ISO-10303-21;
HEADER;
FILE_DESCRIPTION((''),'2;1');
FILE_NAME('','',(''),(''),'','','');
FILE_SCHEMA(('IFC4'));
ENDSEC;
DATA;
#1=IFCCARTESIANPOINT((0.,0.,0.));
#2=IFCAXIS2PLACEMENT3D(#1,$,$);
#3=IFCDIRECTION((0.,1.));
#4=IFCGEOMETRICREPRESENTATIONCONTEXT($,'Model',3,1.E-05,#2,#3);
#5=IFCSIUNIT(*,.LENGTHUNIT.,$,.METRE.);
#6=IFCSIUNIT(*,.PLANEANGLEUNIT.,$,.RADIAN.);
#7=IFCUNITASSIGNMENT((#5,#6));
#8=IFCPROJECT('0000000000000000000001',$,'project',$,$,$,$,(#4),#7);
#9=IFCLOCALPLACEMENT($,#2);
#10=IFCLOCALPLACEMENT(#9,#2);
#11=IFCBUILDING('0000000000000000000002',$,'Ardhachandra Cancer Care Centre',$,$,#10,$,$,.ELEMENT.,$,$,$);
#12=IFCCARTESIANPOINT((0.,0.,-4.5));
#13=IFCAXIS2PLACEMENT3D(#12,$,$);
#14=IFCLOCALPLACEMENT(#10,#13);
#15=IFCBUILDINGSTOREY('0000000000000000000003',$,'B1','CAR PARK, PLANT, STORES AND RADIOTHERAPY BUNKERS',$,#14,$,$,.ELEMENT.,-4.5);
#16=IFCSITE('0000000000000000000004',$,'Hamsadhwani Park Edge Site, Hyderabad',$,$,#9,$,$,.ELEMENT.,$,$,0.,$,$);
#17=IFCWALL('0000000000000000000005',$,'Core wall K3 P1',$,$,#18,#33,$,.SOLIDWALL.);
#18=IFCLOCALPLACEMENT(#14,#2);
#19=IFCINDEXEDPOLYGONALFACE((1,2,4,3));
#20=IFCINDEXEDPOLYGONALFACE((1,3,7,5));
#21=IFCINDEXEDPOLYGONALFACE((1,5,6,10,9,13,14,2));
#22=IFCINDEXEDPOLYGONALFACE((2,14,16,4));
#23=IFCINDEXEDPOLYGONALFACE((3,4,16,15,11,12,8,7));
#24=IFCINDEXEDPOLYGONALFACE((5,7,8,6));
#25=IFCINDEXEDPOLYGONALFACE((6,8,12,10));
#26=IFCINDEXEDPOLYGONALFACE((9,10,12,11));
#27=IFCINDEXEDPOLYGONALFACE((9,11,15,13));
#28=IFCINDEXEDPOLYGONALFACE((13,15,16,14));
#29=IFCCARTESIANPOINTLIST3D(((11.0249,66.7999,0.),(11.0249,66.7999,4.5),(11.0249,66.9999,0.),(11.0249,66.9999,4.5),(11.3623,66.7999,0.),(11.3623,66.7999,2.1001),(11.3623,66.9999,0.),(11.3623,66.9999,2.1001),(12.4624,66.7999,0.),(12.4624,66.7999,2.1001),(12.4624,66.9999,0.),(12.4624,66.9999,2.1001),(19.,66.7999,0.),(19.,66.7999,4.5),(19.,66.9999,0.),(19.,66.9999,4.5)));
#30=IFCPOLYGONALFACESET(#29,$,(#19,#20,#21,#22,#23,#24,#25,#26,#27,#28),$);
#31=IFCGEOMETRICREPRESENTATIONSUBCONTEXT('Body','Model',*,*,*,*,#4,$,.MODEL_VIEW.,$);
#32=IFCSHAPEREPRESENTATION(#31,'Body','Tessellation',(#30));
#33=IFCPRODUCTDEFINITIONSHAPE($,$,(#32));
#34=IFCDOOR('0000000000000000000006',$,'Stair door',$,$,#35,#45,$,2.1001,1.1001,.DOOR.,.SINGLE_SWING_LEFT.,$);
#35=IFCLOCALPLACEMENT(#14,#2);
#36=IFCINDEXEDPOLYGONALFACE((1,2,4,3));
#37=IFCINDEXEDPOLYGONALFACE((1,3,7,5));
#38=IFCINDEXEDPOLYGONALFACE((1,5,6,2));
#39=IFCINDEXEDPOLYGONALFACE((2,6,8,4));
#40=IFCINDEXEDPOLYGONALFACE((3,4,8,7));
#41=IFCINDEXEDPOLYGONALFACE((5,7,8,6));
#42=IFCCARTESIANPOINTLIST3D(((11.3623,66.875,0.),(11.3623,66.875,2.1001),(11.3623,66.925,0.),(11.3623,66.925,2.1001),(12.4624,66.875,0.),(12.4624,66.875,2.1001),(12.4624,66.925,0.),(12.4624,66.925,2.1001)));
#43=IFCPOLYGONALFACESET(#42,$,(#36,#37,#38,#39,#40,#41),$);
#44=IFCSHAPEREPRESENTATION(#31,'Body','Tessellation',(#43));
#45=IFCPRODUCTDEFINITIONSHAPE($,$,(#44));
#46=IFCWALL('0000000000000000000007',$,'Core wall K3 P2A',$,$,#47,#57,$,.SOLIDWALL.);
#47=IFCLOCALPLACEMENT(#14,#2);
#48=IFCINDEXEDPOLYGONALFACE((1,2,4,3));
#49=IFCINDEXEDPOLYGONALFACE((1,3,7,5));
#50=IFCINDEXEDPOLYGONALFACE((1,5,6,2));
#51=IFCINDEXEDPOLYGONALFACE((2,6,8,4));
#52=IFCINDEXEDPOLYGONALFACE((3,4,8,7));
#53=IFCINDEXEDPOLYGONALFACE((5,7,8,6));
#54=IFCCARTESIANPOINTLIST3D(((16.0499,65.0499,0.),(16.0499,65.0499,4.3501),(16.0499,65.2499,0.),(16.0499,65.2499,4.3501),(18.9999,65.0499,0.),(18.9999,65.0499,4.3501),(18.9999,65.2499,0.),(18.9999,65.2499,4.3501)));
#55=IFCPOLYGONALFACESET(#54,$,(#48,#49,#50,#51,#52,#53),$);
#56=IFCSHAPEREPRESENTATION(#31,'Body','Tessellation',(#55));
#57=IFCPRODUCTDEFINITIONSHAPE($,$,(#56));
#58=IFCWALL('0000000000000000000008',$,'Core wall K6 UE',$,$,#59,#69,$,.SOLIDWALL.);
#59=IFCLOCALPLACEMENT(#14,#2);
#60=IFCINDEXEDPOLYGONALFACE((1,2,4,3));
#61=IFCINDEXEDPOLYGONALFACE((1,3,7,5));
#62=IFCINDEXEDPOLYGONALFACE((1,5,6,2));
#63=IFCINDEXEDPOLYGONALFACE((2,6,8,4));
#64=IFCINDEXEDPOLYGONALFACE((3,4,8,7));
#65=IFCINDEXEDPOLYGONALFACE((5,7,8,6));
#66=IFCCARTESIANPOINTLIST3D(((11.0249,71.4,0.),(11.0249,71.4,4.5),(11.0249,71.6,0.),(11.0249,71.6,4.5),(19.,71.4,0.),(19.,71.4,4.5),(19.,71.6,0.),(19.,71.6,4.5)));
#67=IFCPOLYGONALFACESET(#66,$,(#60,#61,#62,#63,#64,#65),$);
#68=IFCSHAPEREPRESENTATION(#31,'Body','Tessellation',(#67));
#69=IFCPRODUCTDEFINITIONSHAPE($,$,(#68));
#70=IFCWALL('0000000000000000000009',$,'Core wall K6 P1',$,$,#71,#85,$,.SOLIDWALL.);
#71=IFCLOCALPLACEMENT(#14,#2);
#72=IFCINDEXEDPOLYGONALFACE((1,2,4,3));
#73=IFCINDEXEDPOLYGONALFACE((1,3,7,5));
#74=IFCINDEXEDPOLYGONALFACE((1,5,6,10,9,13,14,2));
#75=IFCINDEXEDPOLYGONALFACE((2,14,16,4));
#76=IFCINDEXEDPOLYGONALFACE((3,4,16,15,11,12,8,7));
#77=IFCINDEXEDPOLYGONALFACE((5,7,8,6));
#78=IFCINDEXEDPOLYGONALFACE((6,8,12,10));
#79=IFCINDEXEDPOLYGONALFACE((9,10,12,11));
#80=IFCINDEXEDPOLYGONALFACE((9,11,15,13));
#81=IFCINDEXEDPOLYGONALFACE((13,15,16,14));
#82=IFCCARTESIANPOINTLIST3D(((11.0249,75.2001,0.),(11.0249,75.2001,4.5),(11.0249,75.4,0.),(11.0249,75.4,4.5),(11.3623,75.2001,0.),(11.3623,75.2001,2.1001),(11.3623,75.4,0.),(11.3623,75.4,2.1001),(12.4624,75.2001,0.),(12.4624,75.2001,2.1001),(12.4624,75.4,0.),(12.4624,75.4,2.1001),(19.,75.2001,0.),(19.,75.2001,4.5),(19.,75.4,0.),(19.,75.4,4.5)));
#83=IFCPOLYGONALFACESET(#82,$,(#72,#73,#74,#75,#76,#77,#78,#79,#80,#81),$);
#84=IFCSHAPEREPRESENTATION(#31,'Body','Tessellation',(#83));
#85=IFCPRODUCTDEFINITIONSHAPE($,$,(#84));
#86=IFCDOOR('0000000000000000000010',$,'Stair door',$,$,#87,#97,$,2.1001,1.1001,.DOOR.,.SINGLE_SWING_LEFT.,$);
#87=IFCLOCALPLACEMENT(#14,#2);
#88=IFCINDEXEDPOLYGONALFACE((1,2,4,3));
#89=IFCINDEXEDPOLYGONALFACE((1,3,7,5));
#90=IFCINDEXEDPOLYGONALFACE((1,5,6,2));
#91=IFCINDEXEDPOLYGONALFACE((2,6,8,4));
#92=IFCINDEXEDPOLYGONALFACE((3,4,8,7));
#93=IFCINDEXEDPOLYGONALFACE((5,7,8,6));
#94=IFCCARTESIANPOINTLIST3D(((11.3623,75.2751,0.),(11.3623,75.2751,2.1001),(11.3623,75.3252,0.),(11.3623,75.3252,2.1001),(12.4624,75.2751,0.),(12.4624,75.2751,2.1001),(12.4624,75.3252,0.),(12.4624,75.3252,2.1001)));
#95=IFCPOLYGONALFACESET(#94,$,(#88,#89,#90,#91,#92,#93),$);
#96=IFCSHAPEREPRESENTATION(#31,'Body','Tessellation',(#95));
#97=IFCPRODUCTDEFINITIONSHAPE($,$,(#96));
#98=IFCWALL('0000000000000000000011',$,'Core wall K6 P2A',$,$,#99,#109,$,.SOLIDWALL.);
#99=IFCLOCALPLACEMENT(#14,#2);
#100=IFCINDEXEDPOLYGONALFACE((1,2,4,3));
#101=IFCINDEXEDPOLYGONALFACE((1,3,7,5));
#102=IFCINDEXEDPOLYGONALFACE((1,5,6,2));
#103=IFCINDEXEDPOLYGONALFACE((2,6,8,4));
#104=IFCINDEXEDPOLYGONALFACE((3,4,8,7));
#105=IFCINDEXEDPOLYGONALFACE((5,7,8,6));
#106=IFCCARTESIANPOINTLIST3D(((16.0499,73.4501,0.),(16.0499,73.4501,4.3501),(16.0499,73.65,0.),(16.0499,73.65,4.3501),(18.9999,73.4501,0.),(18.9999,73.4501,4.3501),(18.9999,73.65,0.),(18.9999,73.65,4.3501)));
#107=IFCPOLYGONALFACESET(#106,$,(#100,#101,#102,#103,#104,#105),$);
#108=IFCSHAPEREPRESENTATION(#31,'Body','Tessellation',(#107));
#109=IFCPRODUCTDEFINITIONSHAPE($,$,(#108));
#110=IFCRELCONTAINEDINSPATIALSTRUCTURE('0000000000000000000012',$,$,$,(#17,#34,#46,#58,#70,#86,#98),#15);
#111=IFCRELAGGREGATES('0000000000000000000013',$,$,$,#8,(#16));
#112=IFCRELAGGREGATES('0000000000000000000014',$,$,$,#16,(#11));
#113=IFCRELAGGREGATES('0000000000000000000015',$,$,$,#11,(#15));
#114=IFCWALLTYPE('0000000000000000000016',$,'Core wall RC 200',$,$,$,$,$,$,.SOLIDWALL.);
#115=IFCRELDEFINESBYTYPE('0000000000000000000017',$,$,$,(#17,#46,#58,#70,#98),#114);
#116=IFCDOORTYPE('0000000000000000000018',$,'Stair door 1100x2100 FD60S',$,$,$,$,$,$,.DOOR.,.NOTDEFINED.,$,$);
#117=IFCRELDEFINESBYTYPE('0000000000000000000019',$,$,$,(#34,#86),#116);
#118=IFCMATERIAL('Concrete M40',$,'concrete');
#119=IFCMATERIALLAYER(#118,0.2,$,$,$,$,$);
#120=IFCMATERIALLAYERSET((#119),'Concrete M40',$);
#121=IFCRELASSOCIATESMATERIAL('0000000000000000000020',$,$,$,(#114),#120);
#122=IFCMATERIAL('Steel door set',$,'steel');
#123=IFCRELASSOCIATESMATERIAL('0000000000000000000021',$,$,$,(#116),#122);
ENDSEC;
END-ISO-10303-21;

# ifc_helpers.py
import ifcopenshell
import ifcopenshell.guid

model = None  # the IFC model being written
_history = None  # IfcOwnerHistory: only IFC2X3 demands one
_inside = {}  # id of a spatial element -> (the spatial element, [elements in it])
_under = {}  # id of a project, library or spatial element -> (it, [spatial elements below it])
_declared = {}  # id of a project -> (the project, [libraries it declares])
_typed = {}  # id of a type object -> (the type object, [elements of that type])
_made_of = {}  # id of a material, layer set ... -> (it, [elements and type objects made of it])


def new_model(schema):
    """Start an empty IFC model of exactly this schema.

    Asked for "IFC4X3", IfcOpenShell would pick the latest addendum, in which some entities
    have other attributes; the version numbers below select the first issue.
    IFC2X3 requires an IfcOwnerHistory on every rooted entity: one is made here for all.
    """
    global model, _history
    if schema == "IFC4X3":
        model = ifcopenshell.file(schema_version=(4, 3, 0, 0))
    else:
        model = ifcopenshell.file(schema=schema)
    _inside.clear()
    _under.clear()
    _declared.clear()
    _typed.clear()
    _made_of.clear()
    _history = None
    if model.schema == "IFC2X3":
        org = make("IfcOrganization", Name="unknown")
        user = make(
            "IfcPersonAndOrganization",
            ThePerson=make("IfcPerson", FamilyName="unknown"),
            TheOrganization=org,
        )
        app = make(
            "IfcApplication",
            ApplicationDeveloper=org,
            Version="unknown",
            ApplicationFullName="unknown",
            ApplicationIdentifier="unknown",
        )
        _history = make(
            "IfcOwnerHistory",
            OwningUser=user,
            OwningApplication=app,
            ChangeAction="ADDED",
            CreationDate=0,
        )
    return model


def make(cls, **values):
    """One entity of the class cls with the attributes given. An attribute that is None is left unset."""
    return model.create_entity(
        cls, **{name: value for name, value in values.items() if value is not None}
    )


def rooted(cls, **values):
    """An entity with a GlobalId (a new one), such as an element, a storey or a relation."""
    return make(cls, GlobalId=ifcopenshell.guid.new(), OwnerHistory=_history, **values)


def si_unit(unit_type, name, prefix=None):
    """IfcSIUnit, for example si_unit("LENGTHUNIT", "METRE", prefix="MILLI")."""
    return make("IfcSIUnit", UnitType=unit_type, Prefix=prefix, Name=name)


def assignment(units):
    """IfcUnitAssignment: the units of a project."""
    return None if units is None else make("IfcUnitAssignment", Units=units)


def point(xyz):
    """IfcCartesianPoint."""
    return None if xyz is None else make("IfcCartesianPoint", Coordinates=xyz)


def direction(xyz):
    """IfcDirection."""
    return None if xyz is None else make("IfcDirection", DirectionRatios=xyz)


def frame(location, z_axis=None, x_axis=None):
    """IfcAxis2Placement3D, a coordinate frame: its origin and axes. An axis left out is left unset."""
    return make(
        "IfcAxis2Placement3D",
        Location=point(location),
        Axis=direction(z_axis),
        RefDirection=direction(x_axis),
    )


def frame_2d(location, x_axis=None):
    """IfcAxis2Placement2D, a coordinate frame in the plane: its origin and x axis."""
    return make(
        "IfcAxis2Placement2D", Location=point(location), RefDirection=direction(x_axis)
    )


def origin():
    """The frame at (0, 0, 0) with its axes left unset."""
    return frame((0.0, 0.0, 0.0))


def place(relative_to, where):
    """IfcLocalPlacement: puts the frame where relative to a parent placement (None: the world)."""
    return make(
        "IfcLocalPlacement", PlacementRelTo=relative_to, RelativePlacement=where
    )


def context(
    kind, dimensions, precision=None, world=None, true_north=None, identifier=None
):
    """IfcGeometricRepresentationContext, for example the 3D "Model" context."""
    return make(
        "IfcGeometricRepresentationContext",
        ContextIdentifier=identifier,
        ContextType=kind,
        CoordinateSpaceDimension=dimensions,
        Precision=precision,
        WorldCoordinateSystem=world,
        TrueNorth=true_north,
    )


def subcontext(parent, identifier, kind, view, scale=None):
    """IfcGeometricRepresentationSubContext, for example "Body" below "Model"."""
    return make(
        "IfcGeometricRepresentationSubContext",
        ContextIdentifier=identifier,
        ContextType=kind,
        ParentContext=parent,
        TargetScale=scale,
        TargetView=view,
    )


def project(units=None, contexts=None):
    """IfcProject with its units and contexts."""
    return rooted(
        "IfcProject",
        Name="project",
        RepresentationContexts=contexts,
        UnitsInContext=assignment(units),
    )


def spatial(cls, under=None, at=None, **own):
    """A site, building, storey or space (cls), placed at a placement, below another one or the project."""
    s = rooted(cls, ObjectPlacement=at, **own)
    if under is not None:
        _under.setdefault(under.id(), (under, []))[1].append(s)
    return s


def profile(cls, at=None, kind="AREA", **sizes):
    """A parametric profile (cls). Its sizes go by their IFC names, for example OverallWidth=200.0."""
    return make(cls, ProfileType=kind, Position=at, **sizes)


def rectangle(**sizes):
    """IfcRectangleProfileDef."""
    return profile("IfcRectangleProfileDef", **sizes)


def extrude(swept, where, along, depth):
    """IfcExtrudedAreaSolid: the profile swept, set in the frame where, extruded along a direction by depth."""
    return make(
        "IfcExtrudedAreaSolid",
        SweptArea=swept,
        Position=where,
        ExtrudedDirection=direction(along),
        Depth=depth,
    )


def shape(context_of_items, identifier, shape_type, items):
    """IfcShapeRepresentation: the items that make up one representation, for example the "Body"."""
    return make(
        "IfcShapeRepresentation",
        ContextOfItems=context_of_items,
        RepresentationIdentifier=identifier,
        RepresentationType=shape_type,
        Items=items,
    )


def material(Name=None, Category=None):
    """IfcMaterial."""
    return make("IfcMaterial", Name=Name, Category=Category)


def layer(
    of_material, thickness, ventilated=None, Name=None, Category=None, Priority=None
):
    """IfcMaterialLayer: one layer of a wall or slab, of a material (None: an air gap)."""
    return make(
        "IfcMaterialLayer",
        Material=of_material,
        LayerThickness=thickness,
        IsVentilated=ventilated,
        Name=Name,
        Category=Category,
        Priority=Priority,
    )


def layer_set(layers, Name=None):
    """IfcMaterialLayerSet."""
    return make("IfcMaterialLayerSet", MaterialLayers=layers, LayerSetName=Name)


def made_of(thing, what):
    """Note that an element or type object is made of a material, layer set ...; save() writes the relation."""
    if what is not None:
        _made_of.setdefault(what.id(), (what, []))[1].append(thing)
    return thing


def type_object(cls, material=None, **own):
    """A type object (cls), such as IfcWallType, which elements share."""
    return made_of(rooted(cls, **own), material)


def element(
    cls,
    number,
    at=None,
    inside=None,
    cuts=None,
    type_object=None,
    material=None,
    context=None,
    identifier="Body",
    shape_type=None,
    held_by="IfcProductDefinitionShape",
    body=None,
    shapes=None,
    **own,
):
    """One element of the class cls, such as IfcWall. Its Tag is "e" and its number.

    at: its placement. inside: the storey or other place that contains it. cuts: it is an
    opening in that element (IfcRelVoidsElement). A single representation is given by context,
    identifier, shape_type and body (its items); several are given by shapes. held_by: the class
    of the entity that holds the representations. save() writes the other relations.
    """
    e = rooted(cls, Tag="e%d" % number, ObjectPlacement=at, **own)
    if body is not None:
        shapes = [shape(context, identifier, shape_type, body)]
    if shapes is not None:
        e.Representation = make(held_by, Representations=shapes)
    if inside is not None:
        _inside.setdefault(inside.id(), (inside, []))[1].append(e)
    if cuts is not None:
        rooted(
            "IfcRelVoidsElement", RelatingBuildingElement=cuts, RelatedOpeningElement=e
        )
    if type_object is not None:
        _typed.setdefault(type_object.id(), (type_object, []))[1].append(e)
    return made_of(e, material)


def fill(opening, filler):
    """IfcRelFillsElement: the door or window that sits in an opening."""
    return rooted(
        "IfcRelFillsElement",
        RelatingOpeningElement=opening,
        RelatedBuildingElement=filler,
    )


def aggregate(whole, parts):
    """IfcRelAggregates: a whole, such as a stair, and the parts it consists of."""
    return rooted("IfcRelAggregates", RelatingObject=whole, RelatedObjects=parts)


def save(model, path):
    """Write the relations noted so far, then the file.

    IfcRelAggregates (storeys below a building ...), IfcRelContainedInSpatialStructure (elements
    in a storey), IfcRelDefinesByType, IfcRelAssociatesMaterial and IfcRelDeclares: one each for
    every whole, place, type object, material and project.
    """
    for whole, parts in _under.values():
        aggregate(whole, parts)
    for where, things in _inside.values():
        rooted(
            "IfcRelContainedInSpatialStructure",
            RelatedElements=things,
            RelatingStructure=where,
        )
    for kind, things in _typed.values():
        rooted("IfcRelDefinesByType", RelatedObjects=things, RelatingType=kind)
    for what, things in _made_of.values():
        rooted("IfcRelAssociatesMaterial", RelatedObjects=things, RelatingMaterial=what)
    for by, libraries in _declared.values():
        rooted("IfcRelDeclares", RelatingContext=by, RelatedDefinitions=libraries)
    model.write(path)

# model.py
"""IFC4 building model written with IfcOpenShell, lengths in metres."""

from ifc_helpers import new_model, si_unit, direction, frame, frame_2d, origin, place, context, subcontext, project, spatial, rectangle, extrude, material, layer, layer_set, type_object, element, fill, save


model = new_model("IFC4")

# Units and contexts
model_context = context("Model", 3, precision=1e-05, world=origin(), true_north=direction((0.0, 1.0)))
body_context = subcontext(model_context, "Body", "Model", "MODEL_VIEW")
ifc_project = project(units=[si_unit("LENGTHUNIT", "METRE"), si_unit("PLANEANGLEUNIT", "RADIAN")], contexts=[model_context])

# Site, building, storey
site_placement = place(None, origin())
site = spatial("IfcSite", under=ifc_project, at=site_placement, Name="Hamsadhwani Park Edge Site, Hyderabad", CompositionType="ELEMENT", RefElevation=0.0)
building_placement = place(site_placement, origin())
building = spatial("IfcBuilding", under=site, at=building_placement, Name="Ardhachandra Cancer Care Centre", CompositionType="ELEMENT")
storey_placement = place(building_placement, frame((0.0, 0.0, -4.5)))
storey = spatial("IfcBuildingStorey", under=building, at=storey_placement, Name="B1", Description="CAR PARK, PLANT, STORES AND RADIOTHERAPY BUNKERS", CompositionType="ELEMENT", Elevation=-4.5)

# Shared definitions
ifc_material_1 = material(Name="Concrete M40", Category="concrete")
ifc_layer_1 = layer(ifc_material_1, 0.2)
ifc_layer_set_1 = layer_set([ifc_layer_1], Name="Concrete M40")
wall_type_1 = type_object("IfcWallType", Name="Core wall RC 200", PredefinedType="SOLIDWALL", material=ifc_layer_set_1)

# Wall, opening, door
wall_1_placement = place(storey_placement, frame((19.0, 66.8999, 0.0), z_axis=(0.0, 0.0, 1.0), x_axis=(-1.0, 0.0, 0.0)))
wall_1 = element("IfcWall", 1, at=wall_1_placement, inside=storey, type_object=wall_type_1, Name="Core wall K3 P1", PredefinedType="SOLIDWALL", context=body_context, shape_type="SweptSolid", body=[
    extrude(rectangle(XDim=7.9751, YDim=0.2, at=frame_2d((3.9875, 0.0))), origin(), (0.0, 0.0, 1.0), 4.5),
])
opening_1_placement = place(wall_1_placement, frame((6.5376, 0.0, 0.0)))
opening_1 = element("IfcOpeningElement", 2, at=opening_1_placement, cuts=wall_1, PredefinedType="OPENING", context=body_context, shape_type="SweptSolid", body=[
    extrude(rectangle(XDim=1.1001, YDim=2.1001, at=frame_2d((0.55, 1.05))), frame((0.0, 0.1099, 0.0), z_axis=(0.0, -1.0, 0.0), x_axis=(1.0, 0.0, 0.0)), (0.0, 0.0, 1.0), 0.22),
])
ifc_material_2 = material(Name="Steel door set", Category="steel")
door_type_1 = type_object("IfcDoorType", Name="Stair door 1100x2100 FD60S", OperationType="NOTDEFINED", PredefinedType="DOOR", material=ifc_material_2)
door_1_placement = place(opening_1_placement, origin())
door_1 = element("IfcDoor", 3, at=door_1_placement, inside=storey, type_object=door_type_1, Name="Stair door", OperationType="SINGLE_SWING_LEFT", OverallHeight=2.1001, OverallWidth=1.1001, PredefinedType="DOOR", context=body_context, shape_type="SweptSolid", body=[
    extrude(rectangle(XDim=1.1001, YDim=2.1001, at=frame_2d((0.55, 1.05))), frame((0.0, 0.0249, 0.0), z_axis=(0.0, -1.0, 0.0), x_axis=(1.0, 0.0, 0.0)), (0.0, 0.0, 1.0), 0.05),
])
fill(opening_1, door_1)

# Walls
wall_2_placement = place(storey_placement, frame((19.0, 65.1499, 0.0), z_axis=(0.0, 0.0, 1.0), x_axis=(-1.0, 0.0, 0.0)))
element("IfcWall", 4, at=wall_2_placement, inside=storey, type_object=wall_type_1, Name="Core wall K3 P2A", PredefinedType="SOLIDWALL", context=body_context, shape_type="SweptSolid", body=[
    extrude(rectangle(XDim=2.95, YDim=0.2, at=frame_2d((1.4751, 0.0))), origin(), (0.0, 0.0, 1.0), 4.3501),
])
wall_3_placement = place(storey_placement, frame((19.0, 71.5, 0.0), z_axis=(0.0, 0.0, 1.0), x_axis=(-1.0, 0.0, 0.0)))
element("IfcWall", 5, at=wall_3_placement, inside=storey, type_object=wall_type_1, Name="Core wall K6 UE", PredefinedType="SOLIDWALL", context=body_context, shape_type="SweptSolid", body=[
    extrude(rectangle(XDim=7.9751, YDim=0.2, at=frame_2d((3.9875, 0.0))), origin(), (0.0, 0.0, 1.0), 4.5),
])

# Wall, opening, door
wall_4_placement = place(storey_placement, frame((19.0, 75.3, 0.0), z_axis=(0.0, 0.0, 1.0), x_axis=(-1.0, 0.0, 0.0)))
wall_4 = element("IfcWall", 6, at=wall_4_placement, inside=storey, type_object=wall_type_1, Name="Core wall K6 P1", PredefinedType="SOLIDWALL", context=body_context, shape_type="SweptSolid", body=[
    extrude(rectangle(XDim=7.9751, YDim=0.2, at=frame_2d((3.9875, 0.0))), origin(), (0.0, 0.0, 1.0), 4.5),
])
opening_2_placement = place(wall_4_placement, frame((6.5376, 0.0, 0.0)))
opening_2 = element("IfcOpeningElement", 7, at=opening_2_placement, cuts=wall_4, PredefinedType="OPENING", context=body_context, shape_type="SweptSolid", body=[
    extrude(rectangle(XDim=1.1001, YDim=2.1001, at=frame_2d((0.55, 1.05))), frame((0.0, 0.1099, 0.0), z_axis=(0.0, -1.0, 0.0), x_axis=(1.0, 0.0, 0.0)), (0.0, 0.0, 1.0), 0.22),
])
door_2_placement = place(opening_2_placement, origin())
door_2 = element("IfcDoor", 8, at=door_2_placement, inside=storey, type_object=door_type_1, Name="Stair door", OperationType="SINGLE_SWING_LEFT", OverallHeight=2.1001, OverallWidth=1.1001, PredefinedType="DOOR", context=body_context, shape_type="SweptSolid", body=[
    extrude(rectangle(XDim=1.1001, YDim=2.1001, at=frame_2d((0.55, 1.05))), frame((0.0, 0.0249, 0.0), z_axis=(0.0, -1.0, 0.0), x_axis=(1.0, 0.0, 0.0)), (0.0, 0.0, 1.0), 0.05),
])
fill(opening_2, door_2)

# Wall
wall_5_placement = place(storey_placement, frame((19.0, 73.55, 0.0), z_axis=(0.0, 0.0, 1.0), x_axis=(-1.0, 0.0, 0.0)))
element("IfcWall", 9, at=wall_5_placement, inside=storey, type_object=wall_type_1, Name="Core wall K6 P2A", PredefinedType="SOLIDWALL", context=body_context, shape_type="SweptSolid", body=[
    extrude(rectangle(XDim=2.95, YDim=0.2, at=frame_2d((1.4751, 0.0))), origin(), (0.0, 0.0, 1.0), 4.3501),
])

save(model, "model.ifc")
